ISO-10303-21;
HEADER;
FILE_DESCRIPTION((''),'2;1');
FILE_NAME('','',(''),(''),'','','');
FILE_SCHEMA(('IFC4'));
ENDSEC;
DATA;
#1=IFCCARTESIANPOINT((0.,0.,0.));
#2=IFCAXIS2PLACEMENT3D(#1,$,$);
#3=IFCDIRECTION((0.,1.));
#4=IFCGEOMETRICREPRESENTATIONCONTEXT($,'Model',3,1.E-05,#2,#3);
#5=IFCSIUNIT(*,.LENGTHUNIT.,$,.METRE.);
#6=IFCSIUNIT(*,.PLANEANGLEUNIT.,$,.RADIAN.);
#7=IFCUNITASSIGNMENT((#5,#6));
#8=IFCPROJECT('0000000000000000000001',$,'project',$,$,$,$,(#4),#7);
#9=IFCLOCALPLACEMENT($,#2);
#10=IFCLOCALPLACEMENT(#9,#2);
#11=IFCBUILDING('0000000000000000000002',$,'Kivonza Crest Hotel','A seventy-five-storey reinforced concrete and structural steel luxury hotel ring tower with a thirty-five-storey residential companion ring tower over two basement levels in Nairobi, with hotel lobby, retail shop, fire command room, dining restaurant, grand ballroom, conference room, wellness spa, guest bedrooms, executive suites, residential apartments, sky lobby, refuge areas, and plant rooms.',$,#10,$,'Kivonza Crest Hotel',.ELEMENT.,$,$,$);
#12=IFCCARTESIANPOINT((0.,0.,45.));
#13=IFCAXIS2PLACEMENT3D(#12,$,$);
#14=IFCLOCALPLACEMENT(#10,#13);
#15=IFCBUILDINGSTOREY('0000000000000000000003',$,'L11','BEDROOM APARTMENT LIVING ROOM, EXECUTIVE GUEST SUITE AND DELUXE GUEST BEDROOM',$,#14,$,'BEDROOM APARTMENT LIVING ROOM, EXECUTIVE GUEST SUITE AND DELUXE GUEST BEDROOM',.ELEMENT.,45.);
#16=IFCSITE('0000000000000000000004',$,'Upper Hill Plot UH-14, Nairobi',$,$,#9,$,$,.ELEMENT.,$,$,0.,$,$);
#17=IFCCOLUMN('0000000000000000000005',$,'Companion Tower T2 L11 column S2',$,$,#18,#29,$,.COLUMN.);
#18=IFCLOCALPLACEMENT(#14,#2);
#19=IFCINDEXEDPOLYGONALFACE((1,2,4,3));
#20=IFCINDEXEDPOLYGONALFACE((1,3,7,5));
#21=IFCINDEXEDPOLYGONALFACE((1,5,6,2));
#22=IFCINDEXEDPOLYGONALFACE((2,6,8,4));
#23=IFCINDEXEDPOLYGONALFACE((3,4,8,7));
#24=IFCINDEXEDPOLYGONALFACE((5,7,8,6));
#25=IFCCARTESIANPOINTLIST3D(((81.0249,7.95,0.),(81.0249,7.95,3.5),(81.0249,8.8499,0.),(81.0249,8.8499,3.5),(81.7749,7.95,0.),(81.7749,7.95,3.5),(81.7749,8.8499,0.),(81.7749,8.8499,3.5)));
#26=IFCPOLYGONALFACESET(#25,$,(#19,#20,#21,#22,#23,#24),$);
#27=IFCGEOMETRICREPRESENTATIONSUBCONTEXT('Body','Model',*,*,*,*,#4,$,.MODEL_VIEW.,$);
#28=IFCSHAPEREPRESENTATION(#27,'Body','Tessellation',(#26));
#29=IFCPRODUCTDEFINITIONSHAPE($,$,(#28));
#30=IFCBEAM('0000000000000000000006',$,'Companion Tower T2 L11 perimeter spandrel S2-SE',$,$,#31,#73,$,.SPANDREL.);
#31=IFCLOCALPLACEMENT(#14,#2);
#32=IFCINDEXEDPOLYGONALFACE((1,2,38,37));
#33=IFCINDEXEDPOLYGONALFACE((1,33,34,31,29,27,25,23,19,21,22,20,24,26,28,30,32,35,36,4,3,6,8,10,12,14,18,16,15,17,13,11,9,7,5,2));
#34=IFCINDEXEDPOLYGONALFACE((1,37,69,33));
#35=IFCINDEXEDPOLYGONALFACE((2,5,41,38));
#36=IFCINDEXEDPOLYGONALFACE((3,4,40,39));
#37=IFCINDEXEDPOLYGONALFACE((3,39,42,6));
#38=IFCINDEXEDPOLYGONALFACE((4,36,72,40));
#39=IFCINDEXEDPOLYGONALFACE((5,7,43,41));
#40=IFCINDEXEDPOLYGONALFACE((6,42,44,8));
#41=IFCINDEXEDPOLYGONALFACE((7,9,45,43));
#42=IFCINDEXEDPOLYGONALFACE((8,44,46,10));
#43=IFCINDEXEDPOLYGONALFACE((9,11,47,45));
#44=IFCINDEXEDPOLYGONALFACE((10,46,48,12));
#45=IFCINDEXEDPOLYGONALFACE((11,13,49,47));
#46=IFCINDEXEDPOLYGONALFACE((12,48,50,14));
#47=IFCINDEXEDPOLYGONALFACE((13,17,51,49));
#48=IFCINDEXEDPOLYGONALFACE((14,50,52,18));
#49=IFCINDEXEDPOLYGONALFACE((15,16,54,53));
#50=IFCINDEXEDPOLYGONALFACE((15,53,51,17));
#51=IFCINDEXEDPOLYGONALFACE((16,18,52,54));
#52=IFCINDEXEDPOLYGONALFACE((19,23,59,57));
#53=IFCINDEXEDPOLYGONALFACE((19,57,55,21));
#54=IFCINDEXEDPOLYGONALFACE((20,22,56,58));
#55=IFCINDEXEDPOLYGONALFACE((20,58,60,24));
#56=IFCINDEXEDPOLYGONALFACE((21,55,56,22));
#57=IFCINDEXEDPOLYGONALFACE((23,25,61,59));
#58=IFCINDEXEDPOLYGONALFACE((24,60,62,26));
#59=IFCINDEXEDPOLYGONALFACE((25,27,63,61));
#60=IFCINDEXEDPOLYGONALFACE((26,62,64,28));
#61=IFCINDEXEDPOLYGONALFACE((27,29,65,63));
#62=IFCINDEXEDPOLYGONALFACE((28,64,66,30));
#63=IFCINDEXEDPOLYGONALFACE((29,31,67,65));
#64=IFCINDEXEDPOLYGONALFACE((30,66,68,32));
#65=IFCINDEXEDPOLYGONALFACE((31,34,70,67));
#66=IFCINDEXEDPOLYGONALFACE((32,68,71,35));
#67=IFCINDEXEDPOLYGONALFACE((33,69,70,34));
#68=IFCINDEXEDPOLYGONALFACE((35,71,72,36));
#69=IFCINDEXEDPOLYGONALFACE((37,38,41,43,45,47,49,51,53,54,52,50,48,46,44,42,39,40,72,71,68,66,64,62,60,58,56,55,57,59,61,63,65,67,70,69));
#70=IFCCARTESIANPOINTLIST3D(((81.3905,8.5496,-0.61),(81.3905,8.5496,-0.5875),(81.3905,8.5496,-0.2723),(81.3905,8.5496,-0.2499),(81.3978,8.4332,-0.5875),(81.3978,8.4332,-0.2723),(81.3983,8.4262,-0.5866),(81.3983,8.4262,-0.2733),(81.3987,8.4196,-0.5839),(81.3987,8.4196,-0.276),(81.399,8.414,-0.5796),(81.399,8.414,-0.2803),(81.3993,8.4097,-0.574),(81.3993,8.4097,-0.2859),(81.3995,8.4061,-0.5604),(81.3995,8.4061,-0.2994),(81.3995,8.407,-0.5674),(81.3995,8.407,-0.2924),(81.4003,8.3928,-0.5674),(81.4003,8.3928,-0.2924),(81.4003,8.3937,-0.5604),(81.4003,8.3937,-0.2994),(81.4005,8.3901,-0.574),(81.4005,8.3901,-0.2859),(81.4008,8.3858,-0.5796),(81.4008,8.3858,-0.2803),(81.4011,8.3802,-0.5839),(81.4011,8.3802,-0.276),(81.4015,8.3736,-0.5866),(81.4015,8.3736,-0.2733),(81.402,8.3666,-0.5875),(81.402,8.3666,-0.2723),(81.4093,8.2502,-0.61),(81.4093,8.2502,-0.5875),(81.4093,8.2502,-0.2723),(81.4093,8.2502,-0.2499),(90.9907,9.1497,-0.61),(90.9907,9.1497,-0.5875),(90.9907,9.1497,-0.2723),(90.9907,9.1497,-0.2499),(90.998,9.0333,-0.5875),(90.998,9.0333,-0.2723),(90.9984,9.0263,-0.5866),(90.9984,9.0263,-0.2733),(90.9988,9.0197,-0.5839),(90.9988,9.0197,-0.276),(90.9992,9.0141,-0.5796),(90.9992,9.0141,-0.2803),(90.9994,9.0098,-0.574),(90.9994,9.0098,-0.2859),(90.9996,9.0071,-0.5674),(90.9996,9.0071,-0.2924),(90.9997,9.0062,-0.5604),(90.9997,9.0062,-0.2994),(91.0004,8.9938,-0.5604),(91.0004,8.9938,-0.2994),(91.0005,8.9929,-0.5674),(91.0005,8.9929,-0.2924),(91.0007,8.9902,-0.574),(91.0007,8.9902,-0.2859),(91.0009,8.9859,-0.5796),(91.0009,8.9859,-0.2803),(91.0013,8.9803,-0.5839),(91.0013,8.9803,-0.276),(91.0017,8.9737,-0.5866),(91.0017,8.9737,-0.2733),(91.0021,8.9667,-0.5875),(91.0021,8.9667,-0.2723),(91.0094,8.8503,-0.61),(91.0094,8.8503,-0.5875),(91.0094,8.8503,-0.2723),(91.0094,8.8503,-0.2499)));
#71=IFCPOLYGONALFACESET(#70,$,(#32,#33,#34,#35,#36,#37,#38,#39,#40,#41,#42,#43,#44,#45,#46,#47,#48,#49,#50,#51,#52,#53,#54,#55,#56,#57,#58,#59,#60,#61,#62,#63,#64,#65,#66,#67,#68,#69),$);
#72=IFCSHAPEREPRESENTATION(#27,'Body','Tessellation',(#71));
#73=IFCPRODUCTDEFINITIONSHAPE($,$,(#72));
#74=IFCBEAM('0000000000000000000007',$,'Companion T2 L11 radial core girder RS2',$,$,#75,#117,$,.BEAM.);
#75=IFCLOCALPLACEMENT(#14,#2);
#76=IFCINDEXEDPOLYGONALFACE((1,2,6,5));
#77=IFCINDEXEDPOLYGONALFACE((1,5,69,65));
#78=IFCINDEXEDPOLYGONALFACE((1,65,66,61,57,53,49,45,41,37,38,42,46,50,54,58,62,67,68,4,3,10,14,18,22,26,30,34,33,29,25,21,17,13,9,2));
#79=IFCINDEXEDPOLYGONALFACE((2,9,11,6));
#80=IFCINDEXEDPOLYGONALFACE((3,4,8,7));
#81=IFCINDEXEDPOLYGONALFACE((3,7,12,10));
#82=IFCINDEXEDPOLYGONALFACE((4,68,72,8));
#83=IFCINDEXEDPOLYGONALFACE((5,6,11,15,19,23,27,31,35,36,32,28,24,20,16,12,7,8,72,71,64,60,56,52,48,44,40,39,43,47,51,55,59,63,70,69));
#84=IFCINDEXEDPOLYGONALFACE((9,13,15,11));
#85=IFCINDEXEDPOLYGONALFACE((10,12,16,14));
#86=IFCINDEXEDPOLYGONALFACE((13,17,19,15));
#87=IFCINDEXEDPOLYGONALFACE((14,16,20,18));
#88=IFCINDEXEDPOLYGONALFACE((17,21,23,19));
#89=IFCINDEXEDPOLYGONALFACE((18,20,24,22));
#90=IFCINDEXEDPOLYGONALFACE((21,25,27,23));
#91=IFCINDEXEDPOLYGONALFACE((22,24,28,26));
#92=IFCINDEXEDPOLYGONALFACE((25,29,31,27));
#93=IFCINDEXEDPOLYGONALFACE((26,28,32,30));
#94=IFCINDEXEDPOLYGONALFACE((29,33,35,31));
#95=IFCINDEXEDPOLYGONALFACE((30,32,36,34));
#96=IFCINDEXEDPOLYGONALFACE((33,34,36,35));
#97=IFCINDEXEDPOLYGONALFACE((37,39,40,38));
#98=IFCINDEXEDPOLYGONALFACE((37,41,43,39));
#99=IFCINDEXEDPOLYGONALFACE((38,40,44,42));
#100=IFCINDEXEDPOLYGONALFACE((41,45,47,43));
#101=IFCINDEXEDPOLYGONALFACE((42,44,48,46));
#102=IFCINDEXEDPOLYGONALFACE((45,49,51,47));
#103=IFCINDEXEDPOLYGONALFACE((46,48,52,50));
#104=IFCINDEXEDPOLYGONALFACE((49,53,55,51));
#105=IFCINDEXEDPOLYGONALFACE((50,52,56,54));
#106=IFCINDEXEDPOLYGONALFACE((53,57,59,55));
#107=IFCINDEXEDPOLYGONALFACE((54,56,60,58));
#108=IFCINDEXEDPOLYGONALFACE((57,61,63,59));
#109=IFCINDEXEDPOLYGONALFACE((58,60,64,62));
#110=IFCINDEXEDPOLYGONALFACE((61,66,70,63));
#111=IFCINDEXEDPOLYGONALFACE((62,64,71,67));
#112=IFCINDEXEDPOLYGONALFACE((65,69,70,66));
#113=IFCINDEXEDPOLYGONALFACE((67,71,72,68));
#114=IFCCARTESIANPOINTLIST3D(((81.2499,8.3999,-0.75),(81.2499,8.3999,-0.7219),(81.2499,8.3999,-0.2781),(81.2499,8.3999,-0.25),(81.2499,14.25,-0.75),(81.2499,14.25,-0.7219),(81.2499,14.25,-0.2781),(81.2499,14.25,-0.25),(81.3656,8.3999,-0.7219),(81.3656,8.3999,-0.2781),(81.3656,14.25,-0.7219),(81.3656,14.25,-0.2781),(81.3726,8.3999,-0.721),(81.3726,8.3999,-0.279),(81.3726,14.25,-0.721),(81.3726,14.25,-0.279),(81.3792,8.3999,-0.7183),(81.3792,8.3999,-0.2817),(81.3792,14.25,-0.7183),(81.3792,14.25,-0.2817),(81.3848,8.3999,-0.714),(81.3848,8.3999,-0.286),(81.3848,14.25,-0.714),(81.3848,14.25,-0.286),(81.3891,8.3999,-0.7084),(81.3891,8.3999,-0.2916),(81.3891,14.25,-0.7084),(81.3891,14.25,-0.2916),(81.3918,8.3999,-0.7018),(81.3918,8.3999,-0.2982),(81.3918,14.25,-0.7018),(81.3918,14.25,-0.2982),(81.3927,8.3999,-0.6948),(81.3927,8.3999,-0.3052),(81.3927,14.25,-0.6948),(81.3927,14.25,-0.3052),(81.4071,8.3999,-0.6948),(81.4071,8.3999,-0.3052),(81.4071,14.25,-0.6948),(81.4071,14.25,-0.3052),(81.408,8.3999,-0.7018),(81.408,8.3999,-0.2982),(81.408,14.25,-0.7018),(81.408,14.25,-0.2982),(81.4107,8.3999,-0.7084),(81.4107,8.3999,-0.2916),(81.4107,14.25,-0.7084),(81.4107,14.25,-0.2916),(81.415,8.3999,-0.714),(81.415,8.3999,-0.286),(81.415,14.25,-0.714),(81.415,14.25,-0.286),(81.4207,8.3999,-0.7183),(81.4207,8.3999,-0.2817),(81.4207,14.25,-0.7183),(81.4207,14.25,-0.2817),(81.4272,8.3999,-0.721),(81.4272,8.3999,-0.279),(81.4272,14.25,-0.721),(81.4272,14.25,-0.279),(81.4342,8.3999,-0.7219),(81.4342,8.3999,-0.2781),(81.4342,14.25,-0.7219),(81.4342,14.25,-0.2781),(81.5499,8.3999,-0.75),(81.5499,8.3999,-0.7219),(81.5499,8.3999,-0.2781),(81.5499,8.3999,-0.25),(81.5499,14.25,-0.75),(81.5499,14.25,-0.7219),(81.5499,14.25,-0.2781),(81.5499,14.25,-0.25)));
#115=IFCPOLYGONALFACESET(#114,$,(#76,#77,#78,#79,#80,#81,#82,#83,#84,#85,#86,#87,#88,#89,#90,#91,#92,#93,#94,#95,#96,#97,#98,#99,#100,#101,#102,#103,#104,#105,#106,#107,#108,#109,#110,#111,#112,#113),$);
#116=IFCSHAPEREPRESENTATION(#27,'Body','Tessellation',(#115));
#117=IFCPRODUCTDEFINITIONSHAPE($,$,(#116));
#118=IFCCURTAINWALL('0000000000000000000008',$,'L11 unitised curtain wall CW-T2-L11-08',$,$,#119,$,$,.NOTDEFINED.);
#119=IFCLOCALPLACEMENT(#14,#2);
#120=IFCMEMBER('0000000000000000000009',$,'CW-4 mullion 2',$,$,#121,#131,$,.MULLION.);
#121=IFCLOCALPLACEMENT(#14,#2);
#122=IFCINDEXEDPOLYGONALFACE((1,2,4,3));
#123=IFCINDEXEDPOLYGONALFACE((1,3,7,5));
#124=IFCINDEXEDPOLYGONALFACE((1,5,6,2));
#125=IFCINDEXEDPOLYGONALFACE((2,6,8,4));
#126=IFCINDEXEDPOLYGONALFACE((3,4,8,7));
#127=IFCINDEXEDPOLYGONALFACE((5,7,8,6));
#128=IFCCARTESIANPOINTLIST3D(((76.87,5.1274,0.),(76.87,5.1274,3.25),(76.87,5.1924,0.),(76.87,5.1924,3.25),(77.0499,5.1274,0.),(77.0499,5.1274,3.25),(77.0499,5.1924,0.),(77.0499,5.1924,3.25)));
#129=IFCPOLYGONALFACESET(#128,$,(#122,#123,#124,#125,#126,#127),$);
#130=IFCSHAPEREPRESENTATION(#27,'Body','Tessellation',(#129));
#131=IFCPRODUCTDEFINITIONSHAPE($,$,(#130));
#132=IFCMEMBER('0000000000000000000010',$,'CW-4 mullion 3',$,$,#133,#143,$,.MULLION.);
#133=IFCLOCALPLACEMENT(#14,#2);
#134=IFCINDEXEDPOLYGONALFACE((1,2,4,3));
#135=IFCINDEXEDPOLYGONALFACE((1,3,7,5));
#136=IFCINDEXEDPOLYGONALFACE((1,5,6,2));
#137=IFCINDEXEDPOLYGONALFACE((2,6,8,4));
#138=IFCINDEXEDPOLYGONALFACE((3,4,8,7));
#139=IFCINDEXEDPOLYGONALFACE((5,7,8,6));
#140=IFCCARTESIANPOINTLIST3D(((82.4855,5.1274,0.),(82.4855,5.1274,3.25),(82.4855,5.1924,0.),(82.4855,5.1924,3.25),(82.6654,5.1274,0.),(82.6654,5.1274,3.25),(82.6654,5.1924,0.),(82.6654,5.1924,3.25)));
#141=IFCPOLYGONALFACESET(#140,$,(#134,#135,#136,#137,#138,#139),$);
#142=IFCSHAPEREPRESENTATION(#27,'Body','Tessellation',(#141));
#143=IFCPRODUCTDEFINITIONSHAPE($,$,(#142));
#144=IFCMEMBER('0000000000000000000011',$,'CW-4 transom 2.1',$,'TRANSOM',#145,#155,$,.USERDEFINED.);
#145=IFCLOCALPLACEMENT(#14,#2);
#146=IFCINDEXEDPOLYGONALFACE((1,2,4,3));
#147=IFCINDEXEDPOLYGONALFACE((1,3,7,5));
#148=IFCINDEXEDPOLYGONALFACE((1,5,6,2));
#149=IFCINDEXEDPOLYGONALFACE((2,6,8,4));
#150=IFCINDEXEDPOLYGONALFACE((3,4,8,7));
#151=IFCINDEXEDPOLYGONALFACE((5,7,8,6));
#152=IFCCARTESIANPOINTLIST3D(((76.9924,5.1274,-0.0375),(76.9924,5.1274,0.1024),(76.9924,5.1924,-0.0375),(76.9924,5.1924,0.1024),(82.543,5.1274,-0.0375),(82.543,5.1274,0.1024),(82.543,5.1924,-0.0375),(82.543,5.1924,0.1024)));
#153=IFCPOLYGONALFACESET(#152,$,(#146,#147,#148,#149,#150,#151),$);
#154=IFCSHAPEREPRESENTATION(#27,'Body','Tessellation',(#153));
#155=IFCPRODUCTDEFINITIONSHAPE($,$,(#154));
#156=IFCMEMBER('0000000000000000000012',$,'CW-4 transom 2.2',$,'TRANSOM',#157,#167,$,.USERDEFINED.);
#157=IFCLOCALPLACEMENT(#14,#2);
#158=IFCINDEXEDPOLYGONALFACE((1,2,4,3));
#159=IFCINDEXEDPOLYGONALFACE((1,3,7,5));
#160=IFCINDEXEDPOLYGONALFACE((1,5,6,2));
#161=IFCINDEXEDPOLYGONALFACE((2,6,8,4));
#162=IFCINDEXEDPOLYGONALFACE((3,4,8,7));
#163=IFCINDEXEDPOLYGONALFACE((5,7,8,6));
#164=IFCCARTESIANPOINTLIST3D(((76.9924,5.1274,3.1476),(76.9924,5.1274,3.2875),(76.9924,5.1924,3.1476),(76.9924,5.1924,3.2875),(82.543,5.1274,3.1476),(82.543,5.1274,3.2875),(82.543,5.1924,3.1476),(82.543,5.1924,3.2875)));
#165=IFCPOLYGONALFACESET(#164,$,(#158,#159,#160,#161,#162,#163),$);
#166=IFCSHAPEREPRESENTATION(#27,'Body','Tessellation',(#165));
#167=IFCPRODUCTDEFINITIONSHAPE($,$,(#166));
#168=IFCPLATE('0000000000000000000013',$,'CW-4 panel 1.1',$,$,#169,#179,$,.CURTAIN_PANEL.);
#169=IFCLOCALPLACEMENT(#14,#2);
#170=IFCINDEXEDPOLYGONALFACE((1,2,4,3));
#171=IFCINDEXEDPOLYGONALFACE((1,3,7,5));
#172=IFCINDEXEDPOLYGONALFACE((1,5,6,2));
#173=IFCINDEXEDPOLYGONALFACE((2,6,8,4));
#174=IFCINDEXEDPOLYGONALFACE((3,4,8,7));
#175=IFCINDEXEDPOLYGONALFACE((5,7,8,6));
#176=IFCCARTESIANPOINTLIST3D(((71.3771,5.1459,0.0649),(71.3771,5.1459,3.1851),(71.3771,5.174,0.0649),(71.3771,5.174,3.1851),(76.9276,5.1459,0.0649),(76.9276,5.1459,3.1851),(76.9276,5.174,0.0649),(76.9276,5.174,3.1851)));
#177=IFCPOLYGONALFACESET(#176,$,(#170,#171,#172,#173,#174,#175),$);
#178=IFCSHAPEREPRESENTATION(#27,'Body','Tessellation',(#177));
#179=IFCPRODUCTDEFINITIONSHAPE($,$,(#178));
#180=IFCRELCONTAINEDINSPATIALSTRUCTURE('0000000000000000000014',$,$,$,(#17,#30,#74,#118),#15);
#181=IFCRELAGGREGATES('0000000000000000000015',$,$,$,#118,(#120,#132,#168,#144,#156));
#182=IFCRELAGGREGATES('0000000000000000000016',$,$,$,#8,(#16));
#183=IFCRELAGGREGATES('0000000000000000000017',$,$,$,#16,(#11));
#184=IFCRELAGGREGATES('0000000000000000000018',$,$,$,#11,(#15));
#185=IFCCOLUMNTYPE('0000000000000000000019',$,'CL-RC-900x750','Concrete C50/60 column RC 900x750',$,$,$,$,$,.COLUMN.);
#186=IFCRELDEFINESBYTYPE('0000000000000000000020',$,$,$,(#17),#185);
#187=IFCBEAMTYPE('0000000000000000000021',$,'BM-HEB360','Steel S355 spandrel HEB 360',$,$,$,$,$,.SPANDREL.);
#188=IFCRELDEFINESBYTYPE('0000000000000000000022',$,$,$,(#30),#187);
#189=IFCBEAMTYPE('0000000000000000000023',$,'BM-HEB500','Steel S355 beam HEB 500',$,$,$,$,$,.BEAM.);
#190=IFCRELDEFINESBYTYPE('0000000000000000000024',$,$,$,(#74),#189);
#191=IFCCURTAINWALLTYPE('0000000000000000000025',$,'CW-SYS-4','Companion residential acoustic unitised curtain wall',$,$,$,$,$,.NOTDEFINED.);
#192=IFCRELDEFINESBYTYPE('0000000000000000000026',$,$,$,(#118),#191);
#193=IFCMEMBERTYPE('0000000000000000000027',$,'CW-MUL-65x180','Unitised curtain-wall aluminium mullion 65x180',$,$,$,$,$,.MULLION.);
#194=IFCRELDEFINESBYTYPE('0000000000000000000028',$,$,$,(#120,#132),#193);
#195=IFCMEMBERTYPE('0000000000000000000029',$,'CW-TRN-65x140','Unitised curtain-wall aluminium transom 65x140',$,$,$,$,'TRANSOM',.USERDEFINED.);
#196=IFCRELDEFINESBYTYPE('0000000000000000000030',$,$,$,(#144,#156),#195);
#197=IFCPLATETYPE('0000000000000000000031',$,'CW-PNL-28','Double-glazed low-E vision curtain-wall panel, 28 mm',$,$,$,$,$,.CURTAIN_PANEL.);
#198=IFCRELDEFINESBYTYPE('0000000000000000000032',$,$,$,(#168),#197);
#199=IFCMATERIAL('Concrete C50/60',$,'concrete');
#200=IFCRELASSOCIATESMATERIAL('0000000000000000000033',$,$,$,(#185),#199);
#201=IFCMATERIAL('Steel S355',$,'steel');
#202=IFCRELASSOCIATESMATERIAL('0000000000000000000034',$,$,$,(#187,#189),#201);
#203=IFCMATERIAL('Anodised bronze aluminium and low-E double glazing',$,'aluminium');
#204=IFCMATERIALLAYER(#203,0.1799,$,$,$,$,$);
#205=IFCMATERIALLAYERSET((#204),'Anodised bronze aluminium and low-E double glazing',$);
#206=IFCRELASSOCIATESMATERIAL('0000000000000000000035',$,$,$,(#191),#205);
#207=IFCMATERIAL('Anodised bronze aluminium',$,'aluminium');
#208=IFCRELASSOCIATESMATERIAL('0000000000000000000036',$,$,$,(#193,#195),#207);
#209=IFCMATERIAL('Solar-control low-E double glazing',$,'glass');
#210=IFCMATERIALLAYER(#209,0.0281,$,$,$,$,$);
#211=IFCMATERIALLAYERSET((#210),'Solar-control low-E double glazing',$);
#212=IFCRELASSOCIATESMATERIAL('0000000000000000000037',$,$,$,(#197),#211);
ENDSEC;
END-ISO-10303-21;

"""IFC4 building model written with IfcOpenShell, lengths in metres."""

from ifc_helpers import new_model, si_unit, direction, frame, origin, origin_2d, place, context, subcontext, project, spatial, rectangle, i_section, extrude, material, layer, layer_set, material_profile, profile_set, type_object, element, aggregate, save


model = new_model("IFC4")

# Units and contexts
model_context = context("Model", 3, precision=1e-05, world=origin(), true_north=direction((0.0, 1.0)))
body_context = subcontext(model_context, "Body", "Model", "MODEL_VIEW")
ifc_project = project(units=[si_unit("LENGTHUNIT", "METRE"), si_unit("PLANEANGLEUNIT", "RADIAN")], contexts=[model_context])

# Site, building, storey
site_placement = place(None, origin())
site = spatial("IfcSite", under=ifc_project, at=site_placement, Name="Upper Hill Plot UH-14, Nairobi", CompositionType="ELEMENT", RefElevation=0.0)
building_placement = place(site_placement, origin())
building = spatial("IfcBuilding", under=site, at=building_placement, Name="Kivonza Crest Hotel", Description="A seventy-five-storey reinforced concrete and structural steel luxury hotel ring tower with a thirty-five-storey residential companion ring tower over two basement levels in Nairobi, with hotel lobby, retail shop, fire command room, dining restaurant, grand ballroom, conference room, wellness spa, guest bedrooms, executive suites, residential apartments, sky lobby, refuge areas, and plant rooms.", LongName="Kivonza Crest Hotel", CompositionType="ELEMENT")
storey_placement = place(building_placement, frame((0.0, 0.0, 45.0)))
storey = spatial("IfcBuildingStorey", under=building, at=storey_placement, Name="L11", Description="BEDROOM APARTMENT LIVING ROOM, EXECUTIVE GUEST SUITE AND DELUXE GUEST BEDROOM", LongName="BEDROOM APARTMENT LIVING ROOM, EXECUTIVE GUEST SUITE AND DELUXE GUEST BEDROOM", CompositionType="ELEMENT", Elevation=45.0)

# Column
ifc_material_1 = material(Name="Concrete C50/60", Category="concrete")
ifc_material_profile_1 = material_profile(ifc_material_1, rectangle(XDim=0.75, YDim=0.8999, at=origin_2d()), Name="RC 900x750")
ifc_profile_set_1 = profile_set([ifc_material_profile_1], Name="Concrete C50/60")
column_type = type_object("IfcColumnType", Name="CL-RC-900x750", Description="Concrete C50/60 column RC 900x750", PredefinedType="COLUMN", material=ifc_profile_set_1)
column_placement = place(storey_placement, frame((81.3999, 8.3999, 0.0), z_axis=(0.0, 0.0, 1.0), x_axis=(1.0, 0.0, 0.0)))
element("IfcColumn", 1, at=column_placement, inside=storey, type_object=column_type, Name="Companion Tower T2 L11 column S2", PredefinedType="COLUMN", context=body_context, shape_type="SweptSolid", body=[
    extrude(rectangle(XDim=0.75, YDim=0.8999, at=origin_2d()), origin(), (0.0, 0.0, 1.0), 3.5),
])

# Beams
ifc_material_2 = material(Name="Steel S355", Category="steel")
ifc_material_profile_2 = material_profile(ifc_material_2, i_section(OverallWidth=0.3, OverallDepth=0.3601, WebThickness=0.0125, FlangeThickness=0.0225, FilletRadius=0.0271, at=origin_2d()), Name="HEB 360")
ifc_profile_set_2 = profile_set([ifc_material_profile_2], Name="Steel S355")
beam_type_1 = type_object("IfcBeamType", Name="BM-HEB360", Description="Steel S355 spandrel HEB 360", PredefinedType="SPANDREL", material=ifc_profile_set_2)
beam_1_placement = place(storey_placement, frame((81.3999, 8.3999, -0.4299), z_axis=(0.998052, 0.062388, 0.0), x_axis=(-0.062388, 0.998052, 0.0)))
element("IfcBeam", 2, at=beam_1_placement, inside=storey, type_object=beam_type_1, Name="Companion Tower T2 L11 perimeter spandrel S2-SE", PredefinedType="SPANDREL", context=body_context, shape_type="SweptSolid", body=[
    extrude(i_section(OverallWidth=0.3, OverallDepth=0.3601, WebThickness=0.0125, FlangeThickness=0.0225, FilletRadius=0.0271, at=origin_2d()), origin(), (0.0, 0.0, 1.0), 9.6189),
])
ifc_material_profile_3 = material_profile(ifc_material_2, i_section(OverallWidth=0.3, OverallDepth=0.5, WebThickness=0.0144, FlangeThickness=0.0281, FilletRadius=0.0271, at=origin_2d()), Name="HEB 500")
ifc_profile_set_3 = profile_set([ifc_material_profile_3], Name="Steel S355")
beam_type_2 = type_object("IfcBeamType", Name="BM-HEB500", Description="Steel S355 beam HEB 500", PredefinedType="BEAM", material=ifc_profile_set_3)
beam_2_placement = place(storey_placement, frame((81.3999, 8.3999, -0.5), z_axis=(0.0, 1.0, 0.0), x_axis=(-1.0, 0.0, 0.0)))
element("IfcBeam", 3, at=beam_2_placement, inside=storey, type_object=beam_type_2, Name="Companion T2 L11 radial core girder RS2", PredefinedType="BEAM", context=body_context, shape_type="SweptSolid", body=[
    extrude(i_section(OverallWidth=0.3, OverallDepth=0.5, WebThickness=0.0144, FlangeThickness=0.0281, FilletRadius=0.0271, at=origin_2d()), origin(), (0.0, 0.0, 1.0), 5.8501),
])

# Curtain wall, members, plate
ifc_material_3 = material(Name="Anodised bronze aluminium and low-E double glazing", Category="aluminium")
ifc_layer_1 = layer(ifc_material_3, 0.1799)
ifc_layer_set_1 = layer_set([ifc_layer_1], Name="Anodised bronze aluminium and low-E double glazing")
curtain_wall_type = type_object("IfcCurtainWallType", Name="CW-SYS-4", Description="Companion residential acoustic unitised curtain wall", PredefinedType="NOTDEFINED", material=ifc_layer_set_1)
curtain_wall_placement = place(storey_placement, origin())
curtain_wall = element("IfcCurtainWall", 4, at=curtain_wall_placement, inside=storey, type_object=curtain_wall_type, Name="L11 unitised curtain wall CW-T2-L11-08", PredefinedType="NOTDEFINED")
ifc_material_4 = material(Name="Anodised bronze aluminium", Category="aluminium")
ifc_material_profile_4 = material_profile(ifc_material_4, rectangle(XDim=0.0649, YDim=0.1799, at=origin_2d()), Name="CW-M 65x180")
ifc_profile_set_4 = profile_set([ifc_material_profile_4], Name="Anodised bronze aluminium")
member_type_1 = type_object("IfcMemberType", Name="CW-MUL-65x180", Description="Unitised curtain-wall aluminium mullion 65x180", PredefinedType="MULLION", material=ifc_profile_set_4)
member_1_placement = place(storey_placement, frame((76.96, 5.1599, 0.0), z_axis=(0.0, 0.0, 1.0), x_axis=(0.0, 1.0, 0.0)))
member_1 = element("IfcMember", 5, at=member_1_placement, type_object=member_type_1, Name="CW-4 mullion 2", PredefinedType="MULLION", context=body_context, shape_type="SweptSolid", body=[
    extrude(rectangle(XDim=0.0649, YDim=0.1799, at=origin_2d()), origin(), (0.0, 0.0, 1.0), 3.25),
])
member_2_placement = place(storey_placement, frame((82.5754, 5.1599, 0.0), z_axis=(0.0, 0.0, 1.0), x_axis=(0.0, 1.0, 0.0)))
member_2 = element("IfcMember", 6, at=member_2_placement, type_object=member_type_1, Name="CW-4 mullion 3", PredefinedType="MULLION", context=body_context, shape_type="SweptSolid", body=[
    extrude(rectangle(XDim=0.0649, YDim=0.1799, at=origin_2d()), origin(), (0.0, 0.0, 1.0), 3.25),
])
ifc_material_profile_5 = material_profile(ifc_material_4, rectangle(XDim=0.0649, YDim=0.1399, at=origin_2d()), Name="CW-T 65x140")
ifc_profile_set_5 = profile_set([ifc_material_profile_5], Name="Anodised bronze aluminium")
member_type_2 = type_object("IfcMemberType", Name="CW-TRN-65x140", Description="Unitised curtain-wall aluminium transom 65x140", ElementType="TRANSOM", PredefinedType="USERDEFINED", material=ifc_profile_set_5)
member_3_placement = place(storey_placement, frame((76.9924, 5.1599, 0.0325), z_axis=(1.0, 0.0, 0.0), x_axis=(0.0, 1.0, 0.0)))
member_3 = element("IfcMember", 7, at=member_3_placement, type_object=member_type_2, Name="CW-4 transom 2.1", ObjectType="TRANSOM", PredefinedType="USERDEFINED", context=body_context, shape_type="SweptSolid", body=[
    extrude(rectangle(XDim=0.0649, YDim=0.1399, at=origin_2d()), origin(), (0.0, 0.0, 1.0), 5.5505),
])
member_4_placement = place(storey_placement, frame((76.9924, 5.1599, 3.2175), z_axis=(1.0, 0.0, 0.0), x_axis=(0.0, 1.0, 0.0)))
member_4 = element("IfcMember", 8, at=member_4_placement, type_object=member_type_2, Name="CW-4 transom 2.2", ObjectType="TRANSOM", PredefinedType="USERDEFINED", context=body_context, shape_type="SweptSolid", body=[
    extrude(rectangle(XDim=0.0649, YDim=0.1399, at=origin_2d()), origin(), (0.0, 0.0, 1.0), 5.5505),
])
ifc_material_5 = material(Name="Solar-control low-E double glazing", Category="glass")
ifc_layer_2 = layer(ifc_material_5, 0.0281)
ifc_layer_set_2 = layer_set([ifc_layer_2], Name="Solar-control low-E double glazing")
plate_type = type_object("IfcPlateType", Name="CW-PNL-28", Description="Double-glazed low-E vision curtain-wall panel, 28 mm", PredefinedType="CURTAIN_PANEL", material=ifc_layer_set_2)
plate_1_placement = place(storey_placement, frame((74.1523, 5.1599, 0.0649), z_axis=(0.0, 0.0, 1.0), x_axis=(1.0, 0.0, 0.0)))
plate_1 = element("IfcPlate", 9, at=plate_1_placement, type_object=plate_type, Name="CW-4 panel 1.1", PredefinedType="CURTAIN_PANEL", context=body_context, shape_type="SweptSolid", body=[
    extrude(rectangle(XDim=5.5505, YDim=0.0281, at=origin_2d()), origin(), (0.0, 0.0, 1.0), 3.1201),
])
aggregate(curtain_wall, [member_1, member_2, plate_1, member_3, member_4])

save(model, "model.ifc")
